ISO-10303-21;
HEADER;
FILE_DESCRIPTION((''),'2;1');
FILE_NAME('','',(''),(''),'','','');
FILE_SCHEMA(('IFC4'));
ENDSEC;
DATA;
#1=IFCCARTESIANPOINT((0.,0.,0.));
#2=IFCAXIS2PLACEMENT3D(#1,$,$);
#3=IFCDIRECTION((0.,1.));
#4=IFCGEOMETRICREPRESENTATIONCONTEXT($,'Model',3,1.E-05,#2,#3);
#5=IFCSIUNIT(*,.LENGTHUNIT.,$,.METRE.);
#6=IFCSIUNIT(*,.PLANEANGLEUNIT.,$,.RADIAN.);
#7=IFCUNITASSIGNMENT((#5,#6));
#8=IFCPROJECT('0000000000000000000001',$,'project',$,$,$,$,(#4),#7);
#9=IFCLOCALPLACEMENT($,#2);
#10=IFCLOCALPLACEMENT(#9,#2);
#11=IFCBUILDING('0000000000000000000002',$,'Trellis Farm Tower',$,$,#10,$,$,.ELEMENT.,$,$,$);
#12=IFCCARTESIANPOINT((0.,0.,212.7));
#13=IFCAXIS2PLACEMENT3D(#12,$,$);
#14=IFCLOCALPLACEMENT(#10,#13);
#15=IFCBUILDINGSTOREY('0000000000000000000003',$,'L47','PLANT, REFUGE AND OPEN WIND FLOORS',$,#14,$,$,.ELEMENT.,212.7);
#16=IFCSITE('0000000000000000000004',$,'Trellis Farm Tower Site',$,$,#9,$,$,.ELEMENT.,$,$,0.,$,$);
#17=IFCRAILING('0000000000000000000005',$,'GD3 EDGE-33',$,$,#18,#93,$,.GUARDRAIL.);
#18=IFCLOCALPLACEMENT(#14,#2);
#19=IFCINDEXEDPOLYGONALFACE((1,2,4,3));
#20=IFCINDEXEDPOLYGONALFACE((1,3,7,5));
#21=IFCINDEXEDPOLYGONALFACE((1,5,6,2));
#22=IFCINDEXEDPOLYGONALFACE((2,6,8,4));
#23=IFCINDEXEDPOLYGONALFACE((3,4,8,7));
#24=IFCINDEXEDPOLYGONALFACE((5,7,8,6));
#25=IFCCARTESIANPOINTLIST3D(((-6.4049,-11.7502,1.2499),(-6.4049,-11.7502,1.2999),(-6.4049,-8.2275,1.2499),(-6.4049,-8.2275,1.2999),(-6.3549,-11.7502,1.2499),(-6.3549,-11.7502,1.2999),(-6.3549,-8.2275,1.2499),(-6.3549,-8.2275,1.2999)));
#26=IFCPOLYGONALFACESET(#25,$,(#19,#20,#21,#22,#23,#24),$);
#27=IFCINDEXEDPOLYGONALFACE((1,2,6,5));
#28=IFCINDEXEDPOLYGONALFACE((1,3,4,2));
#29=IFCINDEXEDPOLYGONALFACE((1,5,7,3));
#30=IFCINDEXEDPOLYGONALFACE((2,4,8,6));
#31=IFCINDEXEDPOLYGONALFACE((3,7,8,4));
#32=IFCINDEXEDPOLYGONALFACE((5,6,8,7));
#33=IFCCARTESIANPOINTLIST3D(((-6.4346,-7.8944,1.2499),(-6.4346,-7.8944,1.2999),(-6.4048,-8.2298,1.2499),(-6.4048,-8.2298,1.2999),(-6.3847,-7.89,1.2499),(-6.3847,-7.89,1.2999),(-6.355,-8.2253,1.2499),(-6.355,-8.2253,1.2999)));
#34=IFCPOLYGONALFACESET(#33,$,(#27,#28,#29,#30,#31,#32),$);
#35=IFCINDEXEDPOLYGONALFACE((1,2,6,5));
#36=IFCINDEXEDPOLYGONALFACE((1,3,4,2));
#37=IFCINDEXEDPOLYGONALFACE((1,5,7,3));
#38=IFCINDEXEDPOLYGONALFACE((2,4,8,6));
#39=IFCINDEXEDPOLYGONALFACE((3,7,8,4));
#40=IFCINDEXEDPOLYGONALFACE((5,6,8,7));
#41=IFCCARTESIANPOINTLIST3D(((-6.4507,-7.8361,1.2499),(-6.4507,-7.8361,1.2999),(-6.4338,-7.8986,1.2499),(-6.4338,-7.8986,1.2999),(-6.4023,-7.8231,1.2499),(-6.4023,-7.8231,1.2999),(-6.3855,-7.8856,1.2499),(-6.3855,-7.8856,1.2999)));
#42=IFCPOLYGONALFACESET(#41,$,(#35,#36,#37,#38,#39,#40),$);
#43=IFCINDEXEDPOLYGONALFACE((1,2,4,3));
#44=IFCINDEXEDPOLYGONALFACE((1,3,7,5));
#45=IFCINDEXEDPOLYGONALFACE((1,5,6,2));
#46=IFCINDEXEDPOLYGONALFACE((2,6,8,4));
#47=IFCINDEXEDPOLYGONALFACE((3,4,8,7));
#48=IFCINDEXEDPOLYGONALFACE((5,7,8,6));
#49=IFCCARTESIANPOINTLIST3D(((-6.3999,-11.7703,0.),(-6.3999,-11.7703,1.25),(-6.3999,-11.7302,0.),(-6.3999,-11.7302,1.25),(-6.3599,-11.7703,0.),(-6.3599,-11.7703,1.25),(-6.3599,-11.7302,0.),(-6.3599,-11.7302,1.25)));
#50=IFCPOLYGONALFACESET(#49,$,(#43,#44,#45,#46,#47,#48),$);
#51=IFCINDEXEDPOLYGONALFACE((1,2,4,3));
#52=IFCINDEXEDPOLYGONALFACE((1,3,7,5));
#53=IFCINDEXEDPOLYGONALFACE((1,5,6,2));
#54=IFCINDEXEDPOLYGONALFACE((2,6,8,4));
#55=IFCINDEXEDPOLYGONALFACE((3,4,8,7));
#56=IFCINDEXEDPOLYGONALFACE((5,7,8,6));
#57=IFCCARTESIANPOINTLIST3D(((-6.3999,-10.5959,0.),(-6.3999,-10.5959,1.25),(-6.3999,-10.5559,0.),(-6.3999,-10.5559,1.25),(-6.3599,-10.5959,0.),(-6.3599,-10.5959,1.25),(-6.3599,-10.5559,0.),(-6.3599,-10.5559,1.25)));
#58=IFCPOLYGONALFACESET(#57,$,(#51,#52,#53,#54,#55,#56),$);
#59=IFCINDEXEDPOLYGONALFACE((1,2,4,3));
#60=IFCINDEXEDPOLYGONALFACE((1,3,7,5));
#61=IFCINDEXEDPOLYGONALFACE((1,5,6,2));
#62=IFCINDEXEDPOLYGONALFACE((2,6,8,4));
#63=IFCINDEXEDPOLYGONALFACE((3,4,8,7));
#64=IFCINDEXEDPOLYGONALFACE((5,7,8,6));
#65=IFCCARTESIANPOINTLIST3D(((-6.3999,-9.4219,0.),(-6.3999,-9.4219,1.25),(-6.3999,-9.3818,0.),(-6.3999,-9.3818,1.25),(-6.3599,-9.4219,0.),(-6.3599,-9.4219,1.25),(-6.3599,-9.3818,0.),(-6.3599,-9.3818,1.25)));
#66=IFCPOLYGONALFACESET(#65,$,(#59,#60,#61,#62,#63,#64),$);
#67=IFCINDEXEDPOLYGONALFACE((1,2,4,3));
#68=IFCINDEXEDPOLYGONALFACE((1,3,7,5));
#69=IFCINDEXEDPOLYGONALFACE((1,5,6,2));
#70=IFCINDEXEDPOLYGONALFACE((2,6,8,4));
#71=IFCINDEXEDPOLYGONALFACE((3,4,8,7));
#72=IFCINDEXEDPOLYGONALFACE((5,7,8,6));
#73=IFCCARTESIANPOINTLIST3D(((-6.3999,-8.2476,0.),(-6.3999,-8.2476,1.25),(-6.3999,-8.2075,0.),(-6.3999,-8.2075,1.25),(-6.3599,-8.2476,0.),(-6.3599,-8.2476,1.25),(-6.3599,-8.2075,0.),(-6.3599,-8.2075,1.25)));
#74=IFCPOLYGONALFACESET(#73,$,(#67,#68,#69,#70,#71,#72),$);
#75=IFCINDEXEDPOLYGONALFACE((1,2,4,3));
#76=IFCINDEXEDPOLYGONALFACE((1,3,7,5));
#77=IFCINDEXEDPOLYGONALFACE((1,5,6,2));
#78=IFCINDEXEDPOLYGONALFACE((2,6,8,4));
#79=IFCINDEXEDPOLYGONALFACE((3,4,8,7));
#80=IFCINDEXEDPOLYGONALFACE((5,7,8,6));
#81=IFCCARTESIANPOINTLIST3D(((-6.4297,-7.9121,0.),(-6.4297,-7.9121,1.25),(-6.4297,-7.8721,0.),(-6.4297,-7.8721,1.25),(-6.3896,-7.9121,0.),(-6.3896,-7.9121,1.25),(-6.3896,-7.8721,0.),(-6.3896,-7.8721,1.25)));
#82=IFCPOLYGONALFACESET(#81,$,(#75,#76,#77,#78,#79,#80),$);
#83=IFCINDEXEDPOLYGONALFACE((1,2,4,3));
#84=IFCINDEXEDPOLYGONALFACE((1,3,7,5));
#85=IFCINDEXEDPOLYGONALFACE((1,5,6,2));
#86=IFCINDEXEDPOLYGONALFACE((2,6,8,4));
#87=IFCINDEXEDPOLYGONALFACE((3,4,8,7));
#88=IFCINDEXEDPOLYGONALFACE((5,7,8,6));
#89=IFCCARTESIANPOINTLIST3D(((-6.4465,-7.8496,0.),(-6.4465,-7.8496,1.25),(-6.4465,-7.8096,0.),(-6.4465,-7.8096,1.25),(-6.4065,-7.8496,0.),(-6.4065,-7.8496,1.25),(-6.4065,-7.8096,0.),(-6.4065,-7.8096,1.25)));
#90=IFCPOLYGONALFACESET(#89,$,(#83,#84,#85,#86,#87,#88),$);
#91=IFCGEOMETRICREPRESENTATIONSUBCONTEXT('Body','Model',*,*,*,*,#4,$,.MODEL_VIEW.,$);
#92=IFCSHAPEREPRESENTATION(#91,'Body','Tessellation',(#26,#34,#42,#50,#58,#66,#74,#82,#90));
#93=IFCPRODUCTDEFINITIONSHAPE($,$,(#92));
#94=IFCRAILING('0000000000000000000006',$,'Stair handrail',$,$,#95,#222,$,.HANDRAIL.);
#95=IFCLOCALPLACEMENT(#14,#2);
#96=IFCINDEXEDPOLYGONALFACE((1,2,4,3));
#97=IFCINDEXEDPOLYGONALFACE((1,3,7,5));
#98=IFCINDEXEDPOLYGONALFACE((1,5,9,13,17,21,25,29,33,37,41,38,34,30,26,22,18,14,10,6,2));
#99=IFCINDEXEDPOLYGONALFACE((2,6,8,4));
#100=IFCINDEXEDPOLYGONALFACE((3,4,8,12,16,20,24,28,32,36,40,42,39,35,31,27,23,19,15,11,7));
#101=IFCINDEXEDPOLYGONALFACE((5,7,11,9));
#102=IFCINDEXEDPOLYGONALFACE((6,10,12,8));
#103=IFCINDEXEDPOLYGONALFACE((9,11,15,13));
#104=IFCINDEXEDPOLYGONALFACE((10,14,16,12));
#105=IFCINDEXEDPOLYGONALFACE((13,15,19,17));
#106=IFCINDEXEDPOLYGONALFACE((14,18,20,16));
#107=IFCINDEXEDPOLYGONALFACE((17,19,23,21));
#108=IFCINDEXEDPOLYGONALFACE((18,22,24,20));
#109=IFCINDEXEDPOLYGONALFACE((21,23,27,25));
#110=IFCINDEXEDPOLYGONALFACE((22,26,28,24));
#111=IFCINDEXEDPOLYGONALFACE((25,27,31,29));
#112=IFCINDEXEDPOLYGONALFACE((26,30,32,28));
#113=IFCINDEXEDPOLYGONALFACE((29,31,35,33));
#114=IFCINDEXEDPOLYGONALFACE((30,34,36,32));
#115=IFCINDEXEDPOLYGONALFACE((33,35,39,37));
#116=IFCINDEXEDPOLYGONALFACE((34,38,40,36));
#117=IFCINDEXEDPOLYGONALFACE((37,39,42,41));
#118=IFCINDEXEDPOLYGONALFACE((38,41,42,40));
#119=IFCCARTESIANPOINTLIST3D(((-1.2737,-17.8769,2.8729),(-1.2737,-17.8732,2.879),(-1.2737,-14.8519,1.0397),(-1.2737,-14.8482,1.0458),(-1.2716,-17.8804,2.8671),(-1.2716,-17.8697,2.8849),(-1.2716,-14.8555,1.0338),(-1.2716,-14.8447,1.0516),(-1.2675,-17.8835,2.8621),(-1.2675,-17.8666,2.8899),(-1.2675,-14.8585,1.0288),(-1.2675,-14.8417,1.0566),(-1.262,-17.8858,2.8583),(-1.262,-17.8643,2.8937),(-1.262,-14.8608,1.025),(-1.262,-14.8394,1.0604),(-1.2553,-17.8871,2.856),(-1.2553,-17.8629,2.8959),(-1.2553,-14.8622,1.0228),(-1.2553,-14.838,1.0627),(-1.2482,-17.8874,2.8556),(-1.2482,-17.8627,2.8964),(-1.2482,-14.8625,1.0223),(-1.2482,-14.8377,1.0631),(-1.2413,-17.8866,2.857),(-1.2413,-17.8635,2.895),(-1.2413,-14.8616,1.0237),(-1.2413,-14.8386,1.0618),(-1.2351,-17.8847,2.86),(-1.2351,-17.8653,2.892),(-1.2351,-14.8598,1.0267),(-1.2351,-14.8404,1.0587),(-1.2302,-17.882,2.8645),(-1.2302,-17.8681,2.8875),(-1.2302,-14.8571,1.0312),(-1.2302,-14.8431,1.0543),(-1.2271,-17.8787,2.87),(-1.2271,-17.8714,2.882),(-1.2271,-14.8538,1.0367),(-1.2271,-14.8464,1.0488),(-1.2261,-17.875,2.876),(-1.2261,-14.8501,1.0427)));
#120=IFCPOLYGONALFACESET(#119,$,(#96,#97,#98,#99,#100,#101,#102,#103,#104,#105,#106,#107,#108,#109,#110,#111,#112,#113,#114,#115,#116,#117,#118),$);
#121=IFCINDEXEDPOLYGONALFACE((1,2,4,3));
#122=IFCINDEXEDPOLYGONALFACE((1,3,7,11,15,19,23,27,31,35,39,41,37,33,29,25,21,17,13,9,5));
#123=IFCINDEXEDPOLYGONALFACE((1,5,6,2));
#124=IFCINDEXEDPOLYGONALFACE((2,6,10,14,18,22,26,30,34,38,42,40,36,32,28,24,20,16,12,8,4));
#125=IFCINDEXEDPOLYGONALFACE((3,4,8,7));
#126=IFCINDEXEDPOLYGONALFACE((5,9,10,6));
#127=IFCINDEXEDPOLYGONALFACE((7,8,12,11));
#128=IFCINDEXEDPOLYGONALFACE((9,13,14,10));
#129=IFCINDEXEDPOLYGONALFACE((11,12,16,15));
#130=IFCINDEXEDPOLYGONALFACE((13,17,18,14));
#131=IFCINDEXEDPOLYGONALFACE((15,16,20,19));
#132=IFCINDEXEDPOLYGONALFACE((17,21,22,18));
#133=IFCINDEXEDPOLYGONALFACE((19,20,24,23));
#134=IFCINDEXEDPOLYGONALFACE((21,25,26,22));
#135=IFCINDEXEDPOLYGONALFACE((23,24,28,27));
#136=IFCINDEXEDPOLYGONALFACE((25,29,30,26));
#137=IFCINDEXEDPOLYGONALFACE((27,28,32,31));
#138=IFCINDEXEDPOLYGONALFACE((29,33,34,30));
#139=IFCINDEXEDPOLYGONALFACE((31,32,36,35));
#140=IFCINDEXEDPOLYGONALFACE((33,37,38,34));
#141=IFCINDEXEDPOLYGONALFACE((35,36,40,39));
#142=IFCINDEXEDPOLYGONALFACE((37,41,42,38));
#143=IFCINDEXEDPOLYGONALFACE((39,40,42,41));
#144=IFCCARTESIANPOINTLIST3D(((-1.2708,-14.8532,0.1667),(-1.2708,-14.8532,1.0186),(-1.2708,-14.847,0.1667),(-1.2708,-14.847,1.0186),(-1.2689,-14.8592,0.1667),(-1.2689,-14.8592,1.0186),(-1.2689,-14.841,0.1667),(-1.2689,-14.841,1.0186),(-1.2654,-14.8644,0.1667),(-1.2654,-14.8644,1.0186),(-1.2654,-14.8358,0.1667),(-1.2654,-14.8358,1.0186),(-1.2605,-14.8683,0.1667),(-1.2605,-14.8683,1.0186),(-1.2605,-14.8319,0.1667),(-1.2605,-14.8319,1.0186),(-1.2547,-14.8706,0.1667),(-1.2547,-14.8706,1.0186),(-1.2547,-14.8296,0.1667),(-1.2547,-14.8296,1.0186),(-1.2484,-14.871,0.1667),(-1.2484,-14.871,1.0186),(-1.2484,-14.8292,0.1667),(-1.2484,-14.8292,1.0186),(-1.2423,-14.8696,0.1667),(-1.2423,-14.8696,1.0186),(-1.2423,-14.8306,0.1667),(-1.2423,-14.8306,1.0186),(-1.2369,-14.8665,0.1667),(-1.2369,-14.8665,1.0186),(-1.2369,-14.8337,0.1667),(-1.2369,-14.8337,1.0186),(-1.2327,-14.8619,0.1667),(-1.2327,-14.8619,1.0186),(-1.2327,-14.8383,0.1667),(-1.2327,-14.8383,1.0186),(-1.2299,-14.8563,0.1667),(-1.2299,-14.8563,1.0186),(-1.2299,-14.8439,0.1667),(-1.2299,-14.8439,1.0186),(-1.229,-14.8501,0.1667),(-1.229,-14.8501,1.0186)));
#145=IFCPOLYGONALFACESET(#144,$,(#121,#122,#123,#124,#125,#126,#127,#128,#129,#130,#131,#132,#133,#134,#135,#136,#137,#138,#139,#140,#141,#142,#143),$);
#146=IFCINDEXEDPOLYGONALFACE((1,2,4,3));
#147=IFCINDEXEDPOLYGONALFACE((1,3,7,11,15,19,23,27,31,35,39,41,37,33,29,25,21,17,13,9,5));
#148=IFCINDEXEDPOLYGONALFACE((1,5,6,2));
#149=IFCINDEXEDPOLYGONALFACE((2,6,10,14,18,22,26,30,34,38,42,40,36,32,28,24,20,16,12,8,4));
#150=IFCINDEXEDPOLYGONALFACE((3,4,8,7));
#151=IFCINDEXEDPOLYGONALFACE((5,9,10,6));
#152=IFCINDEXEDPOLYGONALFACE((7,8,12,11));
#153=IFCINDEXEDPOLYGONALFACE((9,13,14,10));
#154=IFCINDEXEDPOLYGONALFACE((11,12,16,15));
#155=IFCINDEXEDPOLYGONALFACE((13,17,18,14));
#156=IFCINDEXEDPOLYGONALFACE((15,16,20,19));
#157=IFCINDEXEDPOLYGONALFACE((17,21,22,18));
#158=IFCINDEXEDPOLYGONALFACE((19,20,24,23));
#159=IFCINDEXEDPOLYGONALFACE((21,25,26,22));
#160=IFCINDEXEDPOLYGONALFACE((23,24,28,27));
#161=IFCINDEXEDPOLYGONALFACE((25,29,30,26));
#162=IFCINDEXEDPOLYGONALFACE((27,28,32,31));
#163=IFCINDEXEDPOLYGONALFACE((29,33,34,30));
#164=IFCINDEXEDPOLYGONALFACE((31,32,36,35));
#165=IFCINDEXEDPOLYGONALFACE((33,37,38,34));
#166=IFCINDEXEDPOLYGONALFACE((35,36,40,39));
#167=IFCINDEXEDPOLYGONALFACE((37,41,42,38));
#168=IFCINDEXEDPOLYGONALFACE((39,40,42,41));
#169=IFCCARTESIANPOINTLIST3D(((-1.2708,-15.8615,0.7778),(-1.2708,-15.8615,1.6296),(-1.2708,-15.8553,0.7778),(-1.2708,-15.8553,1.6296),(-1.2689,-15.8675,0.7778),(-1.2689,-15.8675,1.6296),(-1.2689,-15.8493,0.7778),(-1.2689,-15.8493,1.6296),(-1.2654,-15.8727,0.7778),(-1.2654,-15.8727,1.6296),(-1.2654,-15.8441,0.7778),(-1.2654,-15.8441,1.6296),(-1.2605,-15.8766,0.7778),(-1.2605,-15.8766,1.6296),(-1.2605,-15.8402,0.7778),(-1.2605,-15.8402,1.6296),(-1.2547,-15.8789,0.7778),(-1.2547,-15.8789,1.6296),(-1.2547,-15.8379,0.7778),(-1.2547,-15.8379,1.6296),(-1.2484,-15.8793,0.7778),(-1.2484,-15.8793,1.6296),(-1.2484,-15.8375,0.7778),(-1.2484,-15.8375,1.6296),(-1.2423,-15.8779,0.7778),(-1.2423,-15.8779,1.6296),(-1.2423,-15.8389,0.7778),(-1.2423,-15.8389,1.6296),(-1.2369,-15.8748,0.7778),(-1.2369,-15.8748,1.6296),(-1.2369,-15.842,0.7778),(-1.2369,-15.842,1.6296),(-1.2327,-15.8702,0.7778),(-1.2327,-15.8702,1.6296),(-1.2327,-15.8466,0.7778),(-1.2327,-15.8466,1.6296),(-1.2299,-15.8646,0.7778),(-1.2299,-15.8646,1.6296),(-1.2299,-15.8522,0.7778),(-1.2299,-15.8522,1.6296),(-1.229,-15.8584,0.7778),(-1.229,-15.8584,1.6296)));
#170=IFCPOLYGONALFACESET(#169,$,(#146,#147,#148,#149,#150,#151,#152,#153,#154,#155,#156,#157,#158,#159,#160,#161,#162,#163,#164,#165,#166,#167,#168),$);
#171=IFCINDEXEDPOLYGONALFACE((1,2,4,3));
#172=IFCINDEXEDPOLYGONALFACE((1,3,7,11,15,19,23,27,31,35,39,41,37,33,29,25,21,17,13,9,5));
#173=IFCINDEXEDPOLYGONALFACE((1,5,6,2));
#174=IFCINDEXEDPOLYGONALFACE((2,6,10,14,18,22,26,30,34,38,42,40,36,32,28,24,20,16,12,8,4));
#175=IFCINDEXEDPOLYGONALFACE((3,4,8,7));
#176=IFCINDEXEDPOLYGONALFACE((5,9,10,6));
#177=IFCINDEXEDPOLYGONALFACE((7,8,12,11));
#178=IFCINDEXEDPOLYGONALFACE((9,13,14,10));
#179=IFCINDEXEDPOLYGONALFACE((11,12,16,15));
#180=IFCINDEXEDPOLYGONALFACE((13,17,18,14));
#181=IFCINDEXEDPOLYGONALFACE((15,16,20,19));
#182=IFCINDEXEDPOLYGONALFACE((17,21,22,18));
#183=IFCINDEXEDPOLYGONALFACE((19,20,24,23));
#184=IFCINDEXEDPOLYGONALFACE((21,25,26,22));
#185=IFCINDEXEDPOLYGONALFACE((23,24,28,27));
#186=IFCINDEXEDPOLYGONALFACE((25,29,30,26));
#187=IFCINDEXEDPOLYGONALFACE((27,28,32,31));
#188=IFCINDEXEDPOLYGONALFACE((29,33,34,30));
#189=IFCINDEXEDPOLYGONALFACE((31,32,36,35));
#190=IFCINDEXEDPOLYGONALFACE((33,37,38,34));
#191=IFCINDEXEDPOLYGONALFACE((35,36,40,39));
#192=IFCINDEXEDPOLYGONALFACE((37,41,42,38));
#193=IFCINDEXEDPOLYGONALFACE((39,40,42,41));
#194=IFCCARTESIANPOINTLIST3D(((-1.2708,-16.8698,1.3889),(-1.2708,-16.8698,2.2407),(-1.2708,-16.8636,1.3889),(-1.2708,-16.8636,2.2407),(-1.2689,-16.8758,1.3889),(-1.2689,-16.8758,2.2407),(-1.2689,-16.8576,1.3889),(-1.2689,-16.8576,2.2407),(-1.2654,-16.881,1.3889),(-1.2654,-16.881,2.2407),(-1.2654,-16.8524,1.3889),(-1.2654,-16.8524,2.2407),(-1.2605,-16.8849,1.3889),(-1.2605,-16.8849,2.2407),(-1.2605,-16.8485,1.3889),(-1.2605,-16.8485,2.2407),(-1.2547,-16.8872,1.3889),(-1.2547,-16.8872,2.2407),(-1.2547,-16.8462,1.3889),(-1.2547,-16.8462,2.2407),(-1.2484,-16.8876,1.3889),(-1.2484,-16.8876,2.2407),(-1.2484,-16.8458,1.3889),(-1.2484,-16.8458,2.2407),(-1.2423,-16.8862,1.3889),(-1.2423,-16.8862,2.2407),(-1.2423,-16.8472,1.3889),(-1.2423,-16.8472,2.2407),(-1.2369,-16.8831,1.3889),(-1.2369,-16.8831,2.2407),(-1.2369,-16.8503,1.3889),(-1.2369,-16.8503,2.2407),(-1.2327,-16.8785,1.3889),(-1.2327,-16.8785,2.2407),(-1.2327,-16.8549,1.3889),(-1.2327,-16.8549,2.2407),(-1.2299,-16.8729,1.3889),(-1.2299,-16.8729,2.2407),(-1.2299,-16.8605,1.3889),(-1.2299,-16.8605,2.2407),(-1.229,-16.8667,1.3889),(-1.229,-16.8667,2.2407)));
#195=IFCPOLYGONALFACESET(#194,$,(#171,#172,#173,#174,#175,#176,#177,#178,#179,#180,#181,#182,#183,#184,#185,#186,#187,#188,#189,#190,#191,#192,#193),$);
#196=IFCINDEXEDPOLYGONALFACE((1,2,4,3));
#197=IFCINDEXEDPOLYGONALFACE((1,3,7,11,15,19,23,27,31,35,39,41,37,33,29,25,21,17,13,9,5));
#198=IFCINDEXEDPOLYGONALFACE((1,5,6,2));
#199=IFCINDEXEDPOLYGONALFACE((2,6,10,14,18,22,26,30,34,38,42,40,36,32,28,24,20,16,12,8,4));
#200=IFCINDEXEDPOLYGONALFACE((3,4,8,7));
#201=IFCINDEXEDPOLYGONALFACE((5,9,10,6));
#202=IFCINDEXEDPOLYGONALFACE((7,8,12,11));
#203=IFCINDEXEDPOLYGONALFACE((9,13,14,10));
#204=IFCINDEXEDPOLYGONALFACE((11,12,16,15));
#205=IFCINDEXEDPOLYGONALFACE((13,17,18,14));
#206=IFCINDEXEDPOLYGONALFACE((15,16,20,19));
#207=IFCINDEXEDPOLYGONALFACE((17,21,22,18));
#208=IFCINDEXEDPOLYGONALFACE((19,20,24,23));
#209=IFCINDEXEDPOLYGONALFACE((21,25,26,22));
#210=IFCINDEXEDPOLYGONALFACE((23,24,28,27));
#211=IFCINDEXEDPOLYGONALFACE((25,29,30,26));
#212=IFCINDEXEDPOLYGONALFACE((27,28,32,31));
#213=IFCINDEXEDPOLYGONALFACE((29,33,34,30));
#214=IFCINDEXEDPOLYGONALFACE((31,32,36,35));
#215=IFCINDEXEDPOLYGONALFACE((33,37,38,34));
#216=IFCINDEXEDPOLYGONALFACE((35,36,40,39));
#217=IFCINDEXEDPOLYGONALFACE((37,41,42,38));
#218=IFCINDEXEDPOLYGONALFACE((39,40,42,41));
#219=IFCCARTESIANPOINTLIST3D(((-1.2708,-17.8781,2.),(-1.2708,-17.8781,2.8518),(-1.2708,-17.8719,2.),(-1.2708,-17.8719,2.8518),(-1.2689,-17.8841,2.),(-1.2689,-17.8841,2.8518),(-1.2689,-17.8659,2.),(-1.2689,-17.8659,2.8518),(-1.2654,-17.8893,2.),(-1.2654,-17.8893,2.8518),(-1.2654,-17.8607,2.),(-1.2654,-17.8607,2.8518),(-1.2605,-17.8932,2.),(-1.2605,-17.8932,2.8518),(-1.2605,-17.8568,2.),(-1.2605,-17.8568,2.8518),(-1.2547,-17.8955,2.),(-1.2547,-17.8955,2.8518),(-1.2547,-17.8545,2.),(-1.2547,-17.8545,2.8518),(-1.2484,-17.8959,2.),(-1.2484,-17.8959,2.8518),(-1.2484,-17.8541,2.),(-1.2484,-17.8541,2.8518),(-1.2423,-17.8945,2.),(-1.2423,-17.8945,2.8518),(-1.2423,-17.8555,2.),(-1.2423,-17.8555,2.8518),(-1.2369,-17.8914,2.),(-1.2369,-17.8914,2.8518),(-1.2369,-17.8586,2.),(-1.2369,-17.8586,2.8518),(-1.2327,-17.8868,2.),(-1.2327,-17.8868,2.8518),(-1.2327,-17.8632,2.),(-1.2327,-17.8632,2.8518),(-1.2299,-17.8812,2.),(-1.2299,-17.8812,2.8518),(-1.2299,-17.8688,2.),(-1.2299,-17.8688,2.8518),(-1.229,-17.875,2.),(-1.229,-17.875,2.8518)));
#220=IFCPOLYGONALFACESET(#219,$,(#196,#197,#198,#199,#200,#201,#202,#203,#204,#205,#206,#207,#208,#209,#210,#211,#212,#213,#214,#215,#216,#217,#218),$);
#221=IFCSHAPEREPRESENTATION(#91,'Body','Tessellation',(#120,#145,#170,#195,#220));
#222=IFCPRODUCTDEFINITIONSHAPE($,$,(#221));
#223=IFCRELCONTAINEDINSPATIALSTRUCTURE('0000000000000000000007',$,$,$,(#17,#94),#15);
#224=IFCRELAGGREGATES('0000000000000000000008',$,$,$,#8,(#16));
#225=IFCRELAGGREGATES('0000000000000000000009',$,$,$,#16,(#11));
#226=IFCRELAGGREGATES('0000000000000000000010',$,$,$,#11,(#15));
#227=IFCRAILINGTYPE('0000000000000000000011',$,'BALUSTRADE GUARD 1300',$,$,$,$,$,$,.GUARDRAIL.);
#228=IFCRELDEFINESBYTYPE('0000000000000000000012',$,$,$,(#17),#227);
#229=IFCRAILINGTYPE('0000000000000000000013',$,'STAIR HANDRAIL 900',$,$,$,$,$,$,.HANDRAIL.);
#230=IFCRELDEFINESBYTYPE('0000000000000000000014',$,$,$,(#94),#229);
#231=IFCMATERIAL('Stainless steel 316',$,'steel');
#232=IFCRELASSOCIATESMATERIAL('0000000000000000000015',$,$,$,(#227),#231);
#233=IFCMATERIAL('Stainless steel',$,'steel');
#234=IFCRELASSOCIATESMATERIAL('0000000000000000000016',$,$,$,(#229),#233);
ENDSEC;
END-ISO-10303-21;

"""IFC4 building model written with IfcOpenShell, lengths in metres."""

from ifc_helpers import new_model, si_unit, direction, frame, origin, origin_2d, place, context, subcontext, project, spatial, rectangle, circle, extrude, source, transform, mapped, material, type_object, element, save


model = new_model("IFC4")

# Units and contexts
model_context = context("Model", 3, precision=1e-05, world=origin(), true_north=direction((0.0, 1.0)))
body_context = subcontext(model_context, "Body", "Model", "MODEL_VIEW")
ifc_project = project(units=[si_unit("LENGTHUNIT", "METRE"), si_unit("PLANEANGLEUNIT", "RADIAN")], contexts=[model_context])

# Site, building, storey
site_placement = place(None, origin())
site = spatial("IfcSite", under=ifc_project, at=site_placement, Name="Trellis Farm Tower Site", CompositionType="ELEMENT", RefElevation=0.0)
building_placement = place(site_placement, origin())
building = spatial("IfcBuilding", under=site, at=building_placement, Name="Trellis Farm Tower", CompositionType="ELEMENT")
storey_placement = place(building_placement, frame((0.0, 0.0, 212.7)))
storey = spatial("IfcBuildingStorey", under=building, at=storey_placement, Name="L47", Description="PLANT, REFUGE AND OPEN WIND FLOORS", CompositionType="ELEMENT", Elevation=212.7)

# Railings
ifc_material_1 = material(Name="Stainless steel 316", Category="steel")
railing_type_1 = type_object("IfcRailingType", Name="BALUSTRADE GUARD 1300", PredefinedType="GUARDRAIL", material=ifc_material_1)
railing_1_placement = place(storey_placement, frame((-6.3799, -11.7502, 0.0)))
element("IfcRailing", 1, at=railing_1_placement, inside=storey, type_object=railing_type_1, Name="GD3 EDGE-33", PredefinedType="GUARDRAIL", context=body_context, shape_type="SweptSolid", body=[
    extrude(rectangle(XDim=0.05, YDim=0.05, at=origin_2d()), frame((0.0, 0.0, 1.2749), z_axis=(0.0, 1.0, 0.0), x_axis=(-1.0, 0.0, 0.0)), (0.0, 0.0, 1.0), 3.5227),
    extrude(rectangle(XDim=0.05, YDim=0.05, at=origin_2d()), frame((0.0, 3.5227, 1.2749), z_axis=(-0.088444, 0.996081, 0.0), x_axis=(-0.996081, -0.088444, 0.0)), (0.0, 0.0, 1.0), 0.3367),
    extrude(rectangle(XDim=0.05, YDim=0.05, at=origin_2d()), frame((-0.0298, 3.8582, 1.2749), z_axis=(-0.260244, 0.965543, 0.0), x_axis=(-0.965543, -0.260244, 0.0)), (0.0, 0.0, 1.0), 0.0647),
    extrude(rectangle(XDim=0.04, YDim=0.04, at=origin_2d()), origin(), (0.0, 0.0, 1.0), 1.25),
    extrude(rectangle(XDim=0.04, YDim=0.04, at=origin_2d()), frame((0.0, 1.1743, 0.0)), (0.0, 0.0, 1.0), 1.25),
    extrude(rectangle(XDim=0.04, YDim=0.04, at=origin_2d()), frame((0.0, 2.3484, 0.0)), (0.0, 0.0, 1.0), 1.25),
    extrude(rectangle(XDim=0.04, YDim=0.04, at=origin_2d()), frame((0.0, 3.5227, 0.0)), (0.0, 0.0, 1.0), 1.25),
    extrude(rectangle(XDim=0.04, YDim=0.04, at=origin_2d()), frame((-0.0298, 3.8582, 0.0)), (0.0, 0.0, 1.0), 1.25),
    extrude(rectangle(XDim=0.04, YDim=0.04, at=origin_2d()), frame((-0.0466, 3.9207, 0.0)), (0.0, 0.0, 1.0), 1.25),
])
ifc_material_2 = material(Name="Stainless steel", Category="steel")
railing_type_2 = type_object("IfcRailingType", Name="STAIR HANDRAIL 900", PredefinedType="HANDRAIL", material=ifc_material_2)
shared_shape_1 = source(origin(), body_context, "Body", "SweptSolid", [
    extrude(circle(Radius=0.0239, at=origin_2d()), frame((0.0, 0.0, 0.876), z_axis=(0.0, -0.855201, 0.518297), x_axis=(1.0, 0.0, 0.0)), (0.0, 0.0, 1.0), 3.5371),
    extrude(circle(Radius=0.021, at=origin_2d()), origin(), (0.0, 0.0, 1.0), 0.8518),
    extrude(circle(Radius=0.021, at=origin_2d()), frame((0.0, -1.0083, 0.6111)), (0.0, 0.0, 1.0), 0.8518),
    extrude(circle(Radius=0.021, at=origin_2d()), frame((0.0, -2.0166, 1.2222)), (0.0, 0.0, 1.0), 0.8518),
    extrude(circle(Radius=0.021, at=origin_2d()), frame((0.0, -3.0249, 1.8333)), (0.0, 0.0, 1.0), 0.8518),
])
for number, where, name in (
    (2, (-1.25, -14.8501, 0.1667), "Stair handrail"),
):
    element("IfcRailing", number, at=place(storey_placement, frame(where)), inside=storey, type_object=railing_type_2, Name=name, PredefinedType="HANDRAIL", context=body_context, shape_type="MappedRepresentation", body=[
        mapped(shared_shape_1, transform((0.0, 0.0, 0.0))),
    ])

save(model, "model.ifc")
